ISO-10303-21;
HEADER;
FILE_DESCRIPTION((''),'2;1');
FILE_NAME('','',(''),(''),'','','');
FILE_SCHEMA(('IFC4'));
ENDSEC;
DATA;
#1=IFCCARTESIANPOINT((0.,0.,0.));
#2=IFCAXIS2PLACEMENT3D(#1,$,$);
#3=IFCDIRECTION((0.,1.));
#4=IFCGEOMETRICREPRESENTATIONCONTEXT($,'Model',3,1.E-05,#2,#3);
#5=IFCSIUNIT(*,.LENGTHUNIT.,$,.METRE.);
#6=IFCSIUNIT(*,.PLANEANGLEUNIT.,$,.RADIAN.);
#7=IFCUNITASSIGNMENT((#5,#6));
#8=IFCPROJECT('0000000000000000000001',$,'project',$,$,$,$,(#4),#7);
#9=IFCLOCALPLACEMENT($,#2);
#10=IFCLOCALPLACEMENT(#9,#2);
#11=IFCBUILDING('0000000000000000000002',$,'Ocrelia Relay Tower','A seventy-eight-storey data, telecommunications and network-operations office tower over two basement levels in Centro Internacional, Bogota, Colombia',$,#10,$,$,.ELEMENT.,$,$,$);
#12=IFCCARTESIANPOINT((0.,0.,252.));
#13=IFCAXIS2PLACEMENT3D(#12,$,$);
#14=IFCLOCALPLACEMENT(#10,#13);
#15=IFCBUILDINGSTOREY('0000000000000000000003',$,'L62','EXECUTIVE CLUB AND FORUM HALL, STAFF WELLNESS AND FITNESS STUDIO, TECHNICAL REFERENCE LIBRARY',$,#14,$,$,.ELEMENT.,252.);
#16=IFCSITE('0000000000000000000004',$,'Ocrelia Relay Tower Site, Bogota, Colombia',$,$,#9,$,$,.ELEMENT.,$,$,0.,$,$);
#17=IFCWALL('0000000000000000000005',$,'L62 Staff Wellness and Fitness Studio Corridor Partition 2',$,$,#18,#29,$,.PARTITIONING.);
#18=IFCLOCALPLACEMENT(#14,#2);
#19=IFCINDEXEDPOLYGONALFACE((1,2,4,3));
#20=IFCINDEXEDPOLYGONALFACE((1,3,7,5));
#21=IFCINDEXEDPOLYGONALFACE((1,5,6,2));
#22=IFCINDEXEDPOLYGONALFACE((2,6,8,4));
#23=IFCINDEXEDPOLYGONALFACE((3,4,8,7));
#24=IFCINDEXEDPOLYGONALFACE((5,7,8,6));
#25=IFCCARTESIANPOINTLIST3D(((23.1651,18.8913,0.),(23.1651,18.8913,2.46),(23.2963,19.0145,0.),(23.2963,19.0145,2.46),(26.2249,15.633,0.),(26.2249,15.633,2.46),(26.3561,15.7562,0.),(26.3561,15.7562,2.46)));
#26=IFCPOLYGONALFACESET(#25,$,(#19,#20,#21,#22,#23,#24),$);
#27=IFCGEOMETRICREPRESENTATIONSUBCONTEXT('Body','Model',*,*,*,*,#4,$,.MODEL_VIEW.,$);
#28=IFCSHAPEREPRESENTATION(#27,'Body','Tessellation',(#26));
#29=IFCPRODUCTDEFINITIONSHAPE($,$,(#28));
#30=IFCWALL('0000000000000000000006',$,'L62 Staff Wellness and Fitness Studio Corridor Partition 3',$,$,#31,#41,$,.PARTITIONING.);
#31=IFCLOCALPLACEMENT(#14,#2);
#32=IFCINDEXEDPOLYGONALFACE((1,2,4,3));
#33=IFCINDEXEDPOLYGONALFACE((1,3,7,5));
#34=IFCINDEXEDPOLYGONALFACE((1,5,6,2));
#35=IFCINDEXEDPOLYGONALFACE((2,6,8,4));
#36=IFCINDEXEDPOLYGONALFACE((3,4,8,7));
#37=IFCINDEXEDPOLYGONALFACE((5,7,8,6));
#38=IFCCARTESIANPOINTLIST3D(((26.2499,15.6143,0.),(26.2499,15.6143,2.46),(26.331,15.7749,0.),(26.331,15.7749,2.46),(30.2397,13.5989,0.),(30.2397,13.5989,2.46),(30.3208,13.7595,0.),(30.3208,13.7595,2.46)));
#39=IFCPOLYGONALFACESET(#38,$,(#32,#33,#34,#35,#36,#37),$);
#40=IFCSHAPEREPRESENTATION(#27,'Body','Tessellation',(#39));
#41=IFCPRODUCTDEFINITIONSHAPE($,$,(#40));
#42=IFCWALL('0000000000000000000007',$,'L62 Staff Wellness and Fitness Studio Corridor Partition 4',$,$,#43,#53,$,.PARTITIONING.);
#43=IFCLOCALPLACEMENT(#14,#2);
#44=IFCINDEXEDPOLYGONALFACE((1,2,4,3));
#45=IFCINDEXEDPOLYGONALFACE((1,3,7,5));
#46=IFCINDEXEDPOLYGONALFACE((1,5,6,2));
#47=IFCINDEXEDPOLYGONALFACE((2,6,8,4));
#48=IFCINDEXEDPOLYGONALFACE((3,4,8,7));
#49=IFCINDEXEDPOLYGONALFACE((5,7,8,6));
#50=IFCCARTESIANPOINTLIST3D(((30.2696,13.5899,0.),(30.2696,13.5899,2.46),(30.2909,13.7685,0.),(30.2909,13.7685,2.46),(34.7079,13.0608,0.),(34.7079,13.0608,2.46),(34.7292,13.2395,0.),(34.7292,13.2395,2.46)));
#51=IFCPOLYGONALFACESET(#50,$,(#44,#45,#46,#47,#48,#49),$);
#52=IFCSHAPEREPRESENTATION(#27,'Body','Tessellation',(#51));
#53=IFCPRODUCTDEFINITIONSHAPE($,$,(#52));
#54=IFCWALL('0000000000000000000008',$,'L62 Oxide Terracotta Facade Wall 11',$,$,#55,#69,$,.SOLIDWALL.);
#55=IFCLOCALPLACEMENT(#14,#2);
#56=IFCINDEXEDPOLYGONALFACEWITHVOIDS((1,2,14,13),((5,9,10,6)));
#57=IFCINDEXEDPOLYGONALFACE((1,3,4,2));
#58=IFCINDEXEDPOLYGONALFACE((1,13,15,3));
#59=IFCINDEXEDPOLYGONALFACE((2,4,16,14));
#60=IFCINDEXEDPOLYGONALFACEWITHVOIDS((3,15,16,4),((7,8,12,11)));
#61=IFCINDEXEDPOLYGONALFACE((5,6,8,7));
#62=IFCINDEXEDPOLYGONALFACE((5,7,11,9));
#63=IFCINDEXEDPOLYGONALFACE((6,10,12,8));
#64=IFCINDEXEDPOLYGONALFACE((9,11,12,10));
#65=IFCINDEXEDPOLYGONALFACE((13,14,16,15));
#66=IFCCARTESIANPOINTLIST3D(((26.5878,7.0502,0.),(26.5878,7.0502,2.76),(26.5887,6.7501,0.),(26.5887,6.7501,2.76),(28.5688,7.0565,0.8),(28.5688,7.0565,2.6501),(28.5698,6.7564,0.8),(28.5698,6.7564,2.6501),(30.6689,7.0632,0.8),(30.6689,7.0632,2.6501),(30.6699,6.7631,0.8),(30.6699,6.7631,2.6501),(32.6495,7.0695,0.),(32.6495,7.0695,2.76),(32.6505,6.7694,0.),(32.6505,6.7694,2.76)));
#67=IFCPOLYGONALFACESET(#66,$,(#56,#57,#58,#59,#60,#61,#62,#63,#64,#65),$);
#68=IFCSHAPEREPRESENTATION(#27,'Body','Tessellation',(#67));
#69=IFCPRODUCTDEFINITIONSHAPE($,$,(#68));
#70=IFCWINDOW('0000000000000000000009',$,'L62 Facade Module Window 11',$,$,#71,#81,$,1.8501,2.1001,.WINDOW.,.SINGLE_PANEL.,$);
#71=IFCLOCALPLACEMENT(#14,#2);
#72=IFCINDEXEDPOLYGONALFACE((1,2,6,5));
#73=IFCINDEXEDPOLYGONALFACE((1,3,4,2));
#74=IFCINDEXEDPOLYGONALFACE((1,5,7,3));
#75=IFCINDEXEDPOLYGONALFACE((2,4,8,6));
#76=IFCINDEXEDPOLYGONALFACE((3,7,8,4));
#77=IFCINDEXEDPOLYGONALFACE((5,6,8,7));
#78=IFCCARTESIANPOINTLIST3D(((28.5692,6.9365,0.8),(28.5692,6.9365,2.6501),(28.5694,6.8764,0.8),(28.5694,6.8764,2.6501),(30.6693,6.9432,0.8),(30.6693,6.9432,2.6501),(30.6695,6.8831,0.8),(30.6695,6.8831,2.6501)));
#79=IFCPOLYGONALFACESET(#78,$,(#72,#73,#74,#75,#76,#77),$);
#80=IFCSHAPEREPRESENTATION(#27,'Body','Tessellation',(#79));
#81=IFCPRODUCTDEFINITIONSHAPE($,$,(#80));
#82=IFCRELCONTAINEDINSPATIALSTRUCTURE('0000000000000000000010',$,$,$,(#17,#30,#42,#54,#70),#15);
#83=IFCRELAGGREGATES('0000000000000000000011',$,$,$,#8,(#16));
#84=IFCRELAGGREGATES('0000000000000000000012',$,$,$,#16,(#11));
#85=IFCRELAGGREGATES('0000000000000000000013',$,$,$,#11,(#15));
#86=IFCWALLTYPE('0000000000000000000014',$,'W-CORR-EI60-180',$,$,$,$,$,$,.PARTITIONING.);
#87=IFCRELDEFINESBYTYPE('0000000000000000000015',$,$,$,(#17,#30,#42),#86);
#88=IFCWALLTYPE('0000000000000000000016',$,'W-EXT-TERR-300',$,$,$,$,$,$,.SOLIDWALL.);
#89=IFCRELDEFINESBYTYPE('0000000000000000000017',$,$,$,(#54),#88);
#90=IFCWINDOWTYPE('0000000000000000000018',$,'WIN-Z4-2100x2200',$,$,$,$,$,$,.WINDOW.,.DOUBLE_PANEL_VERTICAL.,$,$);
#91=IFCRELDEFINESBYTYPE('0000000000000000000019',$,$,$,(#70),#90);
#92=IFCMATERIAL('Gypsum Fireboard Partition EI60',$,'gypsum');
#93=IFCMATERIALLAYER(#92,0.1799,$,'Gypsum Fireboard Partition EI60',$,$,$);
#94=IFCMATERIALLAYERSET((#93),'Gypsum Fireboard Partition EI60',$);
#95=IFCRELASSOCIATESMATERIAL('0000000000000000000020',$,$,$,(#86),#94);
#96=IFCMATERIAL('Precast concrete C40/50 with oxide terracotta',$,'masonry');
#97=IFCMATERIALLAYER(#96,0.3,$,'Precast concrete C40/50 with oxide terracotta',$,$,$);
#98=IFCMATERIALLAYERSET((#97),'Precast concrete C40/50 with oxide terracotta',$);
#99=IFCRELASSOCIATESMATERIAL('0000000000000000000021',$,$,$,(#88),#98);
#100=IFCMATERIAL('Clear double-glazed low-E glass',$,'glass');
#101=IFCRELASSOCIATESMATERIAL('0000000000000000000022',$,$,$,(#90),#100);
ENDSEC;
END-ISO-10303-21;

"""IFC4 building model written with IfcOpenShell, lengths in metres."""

from ifc_helpers import new_model, si_unit, direction, frame, frame_2d, origin, place, context, subcontext, project, spatial, rectangle, extrude, material, layer, layer_set, type_object, element, fill, save


model = new_model("IFC4")

# Units and contexts
model_context = context("Model", 3, precision=1e-05, world=origin(), true_north=direction((0.0, 1.0)))
body_context = subcontext(model_context, "Body", "Model", "MODEL_VIEW")
ifc_project = project(units=[si_unit("LENGTHUNIT", "METRE"), si_unit("PLANEANGLEUNIT", "RADIAN")], contexts=[model_context])

# Site, building, storey
site_placement = place(None, origin())
site = spatial("IfcSite", under=ifc_project, at=site_placement, Name="Ocrelia Relay Tower Site, Bogota, Colombia", CompositionType="ELEMENT", RefElevation=0.0)
building_placement = place(site_placement, origin())
building = spatial("IfcBuilding", under=site, at=building_placement, Name="Ocrelia Relay Tower", Description="A seventy-eight-storey data, telecommunications and network-operations office tower over two basement levels in Centro Internacional, Bogota, Colombia", CompositionType="ELEMENT")
storey_placement = place(building_placement, frame((0.0, 0.0, 252.0)))
storey = spatial("IfcBuildingStorey", under=building, at=storey_placement, Name="L62", Description="EXECUTIVE CLUB AND FORUM HALL, STAFF WELLNESS AND FITNESS STUDIO, TECHNICAL REFERENCE LIBRARY", CompositionType="ELEMENT", Elevation=252.0)

# Shared definitions
ifc_material_1 = material(Name="Clear double-glazed low-E glass", Category="glass")

# Walls
ifc_material_2 = material(Name="Gypsum Fireboard Partition EI60", Category="gypsum")
ifc_layer_1 = layer(ifc_material_2, 0.1799, Name="Gypsum Fireboard Partition EI60")
ifc_layer_set_1 = layer_set([ifc_layer_1], Name="Gypsum Fireboard Partition EI60")
wall_type_1 = type_object("IfcWallType", Name="W-CORR-EI60-180", PredefinedType="PARTITIONING", material=ifc_layer_set_1)
wall_1_placement = place(storey_placement, frame((23.2307, 18.9529, 0.0), z_axis=(0.0, 0.0, 1.0), x_axis=(0.684555, -0.728961, 0.0)))
element("IfcWall", 1, at=wall_1_placement, inside=storey, type_object=wall_type_1, Name="L62 Staff Wellness and Fitness Studio Corridor Partition 2", PredefinedType="PARTITIONING", context=body_context, shape_type="SweptSolid", body=[
    extrude(rectangle(XDim=4.4697, YDim=0.1799, at=frame_2d((2.2349, 0.0))), origin(), (0.0, 0.0, 1.0), 2.46),
])
wall_2_placement = place(storey_placement, frame((26.2905, 15.6946, 0.0), z_axis=(0.0, 0.0, 1.0), x_axis=(0.892584, -0.45088, 0.0)))
element("IfcWall", 2, at=wall_2_placement, inside=storey, type_object=wall_type_1, Name="L62 Staff Wellness and Fitness Studio Corridor Partition 3", PredefinedType="PARTITIONING", context=body_context, shape_type="SweptSolid", body=[
    extrude(rectangle(XDim=4.47, YDim=0.1799, at=frame_2d((2.2349, 0.0))), origin(), (0.0, 0.0, 1.0), 2.46),
])
wall_3_placement = place(storey_placement, frame((30.2803, 13.6792, 0.0), z_axis=(0.0, 0.0, 1.0), x_axis=(0.99297, -0.118365, 0.0)))
element("IfcWall", 3, at=wall_3_placement, inside=storey, type_object=wall_type_1, Name="L62 Staff Wellness and Fitness Studio Corridor Partition 4", PredefinedType="PARTITIONING", context=body_context, shape_type="SweptSolid", body=[
    extrude(rectangle(XDim=4.4697, YDim=0.1799, at=frame_2d((2.2349, 0.0))), origin(), (0.0, 0.0, 1.0), 2.46),
])

# Wall, opening, window
ifc_material_3 = material(Name="Precast concrete C40/50 with oxide terracotta", Category="masonry")
ifc_layer_2 = layer(ifc_material_3, 0.3, Name="Precast concrete C40/50 with oxide terracotta")
ifc_layer_set_2 = layer_set([ifc_layer_2], Name="Precast concrete C40/50 with oxide terracotta")
wall_type_2 = type_object("IfcWallType", Name="W-EXT-TERR-300", PredefinedType="SOLIDWALL", material=ifc_layer_set_2)
wall_4_placement = place(storey_placement, frame((26.5884, 6.9001, 0.0), z_axis=(0.0, 0.0, 1.0), x_axis=(0.999995, 0.003182, 0.0)))
wall_4 = element("IfcWall", 4, at=wall_4_placement, inside=storey, type_object=wall_type_2, Name="L62 Oxide Terracotta Facade Wall 11", PredefinedType="SOLIDWALL", context=body_context, shape_type="SweptSolid", body=[
    extrude(rectangle(XDim=6.0618, YDim=0.3, at=frame_2d((3.0308, 0.0))), origin(), (0.0, 0.0, 1.0), 2.76),
])
opening_placement = place(wall_4_placement, frame((1.981, 0.0, 0.8)))
opening = element("IfcOpeningElement", 5, at=opening_placement, cuts=wall_4, PredefinedType="OPENING", context=body_context, shape_type="SweptSolid", body=[
    extrude(rectangle(XDim=2.1001, YDim=1.8501, at=frame_2d((1.05, 0.925))), frame((0.0, 0.1602, 0.0), z_axis=(0.0, -1.0, 0.0), x_axis=(1.0, 0.0, 0.0)), (0.0, 0.0, 1.0), 0.3201),
])
window_type = type_object("IfcWindowType", Name="WIN-Z4-2100x2200", PartitioningType="DOUBLE_PANEL_VERTICAL", PredefinedType="WINDOW", material=ifc_material_1)
window_placement = place(opening_placement, origin())
window = element("IfcWindow", 6, at=window_placement, inside=storey, type_object=window_type, Name="L62 Facade Module Window 11", OverallHeight=1.8501, OverallWidth=2.1001, PartitioningType="SINGLE_PANEL", PredefinedType="WINDOW", context=body_context, shape_type="SweptSolid", body=[
    extrude(rectangle(XDim=2.1001, YDim=1.8501, at=frame_2d((1.05, 0.925))), frame((0.0, 0.03, 0.0), z_axis=(0.0, -1.0, 0.0), x_axis=(1.0, 0.0, 0.0)), (0.0, 0.0, 1.0), 0.0601),
])
fill(opening, window)

save(model, "model.ifc")
